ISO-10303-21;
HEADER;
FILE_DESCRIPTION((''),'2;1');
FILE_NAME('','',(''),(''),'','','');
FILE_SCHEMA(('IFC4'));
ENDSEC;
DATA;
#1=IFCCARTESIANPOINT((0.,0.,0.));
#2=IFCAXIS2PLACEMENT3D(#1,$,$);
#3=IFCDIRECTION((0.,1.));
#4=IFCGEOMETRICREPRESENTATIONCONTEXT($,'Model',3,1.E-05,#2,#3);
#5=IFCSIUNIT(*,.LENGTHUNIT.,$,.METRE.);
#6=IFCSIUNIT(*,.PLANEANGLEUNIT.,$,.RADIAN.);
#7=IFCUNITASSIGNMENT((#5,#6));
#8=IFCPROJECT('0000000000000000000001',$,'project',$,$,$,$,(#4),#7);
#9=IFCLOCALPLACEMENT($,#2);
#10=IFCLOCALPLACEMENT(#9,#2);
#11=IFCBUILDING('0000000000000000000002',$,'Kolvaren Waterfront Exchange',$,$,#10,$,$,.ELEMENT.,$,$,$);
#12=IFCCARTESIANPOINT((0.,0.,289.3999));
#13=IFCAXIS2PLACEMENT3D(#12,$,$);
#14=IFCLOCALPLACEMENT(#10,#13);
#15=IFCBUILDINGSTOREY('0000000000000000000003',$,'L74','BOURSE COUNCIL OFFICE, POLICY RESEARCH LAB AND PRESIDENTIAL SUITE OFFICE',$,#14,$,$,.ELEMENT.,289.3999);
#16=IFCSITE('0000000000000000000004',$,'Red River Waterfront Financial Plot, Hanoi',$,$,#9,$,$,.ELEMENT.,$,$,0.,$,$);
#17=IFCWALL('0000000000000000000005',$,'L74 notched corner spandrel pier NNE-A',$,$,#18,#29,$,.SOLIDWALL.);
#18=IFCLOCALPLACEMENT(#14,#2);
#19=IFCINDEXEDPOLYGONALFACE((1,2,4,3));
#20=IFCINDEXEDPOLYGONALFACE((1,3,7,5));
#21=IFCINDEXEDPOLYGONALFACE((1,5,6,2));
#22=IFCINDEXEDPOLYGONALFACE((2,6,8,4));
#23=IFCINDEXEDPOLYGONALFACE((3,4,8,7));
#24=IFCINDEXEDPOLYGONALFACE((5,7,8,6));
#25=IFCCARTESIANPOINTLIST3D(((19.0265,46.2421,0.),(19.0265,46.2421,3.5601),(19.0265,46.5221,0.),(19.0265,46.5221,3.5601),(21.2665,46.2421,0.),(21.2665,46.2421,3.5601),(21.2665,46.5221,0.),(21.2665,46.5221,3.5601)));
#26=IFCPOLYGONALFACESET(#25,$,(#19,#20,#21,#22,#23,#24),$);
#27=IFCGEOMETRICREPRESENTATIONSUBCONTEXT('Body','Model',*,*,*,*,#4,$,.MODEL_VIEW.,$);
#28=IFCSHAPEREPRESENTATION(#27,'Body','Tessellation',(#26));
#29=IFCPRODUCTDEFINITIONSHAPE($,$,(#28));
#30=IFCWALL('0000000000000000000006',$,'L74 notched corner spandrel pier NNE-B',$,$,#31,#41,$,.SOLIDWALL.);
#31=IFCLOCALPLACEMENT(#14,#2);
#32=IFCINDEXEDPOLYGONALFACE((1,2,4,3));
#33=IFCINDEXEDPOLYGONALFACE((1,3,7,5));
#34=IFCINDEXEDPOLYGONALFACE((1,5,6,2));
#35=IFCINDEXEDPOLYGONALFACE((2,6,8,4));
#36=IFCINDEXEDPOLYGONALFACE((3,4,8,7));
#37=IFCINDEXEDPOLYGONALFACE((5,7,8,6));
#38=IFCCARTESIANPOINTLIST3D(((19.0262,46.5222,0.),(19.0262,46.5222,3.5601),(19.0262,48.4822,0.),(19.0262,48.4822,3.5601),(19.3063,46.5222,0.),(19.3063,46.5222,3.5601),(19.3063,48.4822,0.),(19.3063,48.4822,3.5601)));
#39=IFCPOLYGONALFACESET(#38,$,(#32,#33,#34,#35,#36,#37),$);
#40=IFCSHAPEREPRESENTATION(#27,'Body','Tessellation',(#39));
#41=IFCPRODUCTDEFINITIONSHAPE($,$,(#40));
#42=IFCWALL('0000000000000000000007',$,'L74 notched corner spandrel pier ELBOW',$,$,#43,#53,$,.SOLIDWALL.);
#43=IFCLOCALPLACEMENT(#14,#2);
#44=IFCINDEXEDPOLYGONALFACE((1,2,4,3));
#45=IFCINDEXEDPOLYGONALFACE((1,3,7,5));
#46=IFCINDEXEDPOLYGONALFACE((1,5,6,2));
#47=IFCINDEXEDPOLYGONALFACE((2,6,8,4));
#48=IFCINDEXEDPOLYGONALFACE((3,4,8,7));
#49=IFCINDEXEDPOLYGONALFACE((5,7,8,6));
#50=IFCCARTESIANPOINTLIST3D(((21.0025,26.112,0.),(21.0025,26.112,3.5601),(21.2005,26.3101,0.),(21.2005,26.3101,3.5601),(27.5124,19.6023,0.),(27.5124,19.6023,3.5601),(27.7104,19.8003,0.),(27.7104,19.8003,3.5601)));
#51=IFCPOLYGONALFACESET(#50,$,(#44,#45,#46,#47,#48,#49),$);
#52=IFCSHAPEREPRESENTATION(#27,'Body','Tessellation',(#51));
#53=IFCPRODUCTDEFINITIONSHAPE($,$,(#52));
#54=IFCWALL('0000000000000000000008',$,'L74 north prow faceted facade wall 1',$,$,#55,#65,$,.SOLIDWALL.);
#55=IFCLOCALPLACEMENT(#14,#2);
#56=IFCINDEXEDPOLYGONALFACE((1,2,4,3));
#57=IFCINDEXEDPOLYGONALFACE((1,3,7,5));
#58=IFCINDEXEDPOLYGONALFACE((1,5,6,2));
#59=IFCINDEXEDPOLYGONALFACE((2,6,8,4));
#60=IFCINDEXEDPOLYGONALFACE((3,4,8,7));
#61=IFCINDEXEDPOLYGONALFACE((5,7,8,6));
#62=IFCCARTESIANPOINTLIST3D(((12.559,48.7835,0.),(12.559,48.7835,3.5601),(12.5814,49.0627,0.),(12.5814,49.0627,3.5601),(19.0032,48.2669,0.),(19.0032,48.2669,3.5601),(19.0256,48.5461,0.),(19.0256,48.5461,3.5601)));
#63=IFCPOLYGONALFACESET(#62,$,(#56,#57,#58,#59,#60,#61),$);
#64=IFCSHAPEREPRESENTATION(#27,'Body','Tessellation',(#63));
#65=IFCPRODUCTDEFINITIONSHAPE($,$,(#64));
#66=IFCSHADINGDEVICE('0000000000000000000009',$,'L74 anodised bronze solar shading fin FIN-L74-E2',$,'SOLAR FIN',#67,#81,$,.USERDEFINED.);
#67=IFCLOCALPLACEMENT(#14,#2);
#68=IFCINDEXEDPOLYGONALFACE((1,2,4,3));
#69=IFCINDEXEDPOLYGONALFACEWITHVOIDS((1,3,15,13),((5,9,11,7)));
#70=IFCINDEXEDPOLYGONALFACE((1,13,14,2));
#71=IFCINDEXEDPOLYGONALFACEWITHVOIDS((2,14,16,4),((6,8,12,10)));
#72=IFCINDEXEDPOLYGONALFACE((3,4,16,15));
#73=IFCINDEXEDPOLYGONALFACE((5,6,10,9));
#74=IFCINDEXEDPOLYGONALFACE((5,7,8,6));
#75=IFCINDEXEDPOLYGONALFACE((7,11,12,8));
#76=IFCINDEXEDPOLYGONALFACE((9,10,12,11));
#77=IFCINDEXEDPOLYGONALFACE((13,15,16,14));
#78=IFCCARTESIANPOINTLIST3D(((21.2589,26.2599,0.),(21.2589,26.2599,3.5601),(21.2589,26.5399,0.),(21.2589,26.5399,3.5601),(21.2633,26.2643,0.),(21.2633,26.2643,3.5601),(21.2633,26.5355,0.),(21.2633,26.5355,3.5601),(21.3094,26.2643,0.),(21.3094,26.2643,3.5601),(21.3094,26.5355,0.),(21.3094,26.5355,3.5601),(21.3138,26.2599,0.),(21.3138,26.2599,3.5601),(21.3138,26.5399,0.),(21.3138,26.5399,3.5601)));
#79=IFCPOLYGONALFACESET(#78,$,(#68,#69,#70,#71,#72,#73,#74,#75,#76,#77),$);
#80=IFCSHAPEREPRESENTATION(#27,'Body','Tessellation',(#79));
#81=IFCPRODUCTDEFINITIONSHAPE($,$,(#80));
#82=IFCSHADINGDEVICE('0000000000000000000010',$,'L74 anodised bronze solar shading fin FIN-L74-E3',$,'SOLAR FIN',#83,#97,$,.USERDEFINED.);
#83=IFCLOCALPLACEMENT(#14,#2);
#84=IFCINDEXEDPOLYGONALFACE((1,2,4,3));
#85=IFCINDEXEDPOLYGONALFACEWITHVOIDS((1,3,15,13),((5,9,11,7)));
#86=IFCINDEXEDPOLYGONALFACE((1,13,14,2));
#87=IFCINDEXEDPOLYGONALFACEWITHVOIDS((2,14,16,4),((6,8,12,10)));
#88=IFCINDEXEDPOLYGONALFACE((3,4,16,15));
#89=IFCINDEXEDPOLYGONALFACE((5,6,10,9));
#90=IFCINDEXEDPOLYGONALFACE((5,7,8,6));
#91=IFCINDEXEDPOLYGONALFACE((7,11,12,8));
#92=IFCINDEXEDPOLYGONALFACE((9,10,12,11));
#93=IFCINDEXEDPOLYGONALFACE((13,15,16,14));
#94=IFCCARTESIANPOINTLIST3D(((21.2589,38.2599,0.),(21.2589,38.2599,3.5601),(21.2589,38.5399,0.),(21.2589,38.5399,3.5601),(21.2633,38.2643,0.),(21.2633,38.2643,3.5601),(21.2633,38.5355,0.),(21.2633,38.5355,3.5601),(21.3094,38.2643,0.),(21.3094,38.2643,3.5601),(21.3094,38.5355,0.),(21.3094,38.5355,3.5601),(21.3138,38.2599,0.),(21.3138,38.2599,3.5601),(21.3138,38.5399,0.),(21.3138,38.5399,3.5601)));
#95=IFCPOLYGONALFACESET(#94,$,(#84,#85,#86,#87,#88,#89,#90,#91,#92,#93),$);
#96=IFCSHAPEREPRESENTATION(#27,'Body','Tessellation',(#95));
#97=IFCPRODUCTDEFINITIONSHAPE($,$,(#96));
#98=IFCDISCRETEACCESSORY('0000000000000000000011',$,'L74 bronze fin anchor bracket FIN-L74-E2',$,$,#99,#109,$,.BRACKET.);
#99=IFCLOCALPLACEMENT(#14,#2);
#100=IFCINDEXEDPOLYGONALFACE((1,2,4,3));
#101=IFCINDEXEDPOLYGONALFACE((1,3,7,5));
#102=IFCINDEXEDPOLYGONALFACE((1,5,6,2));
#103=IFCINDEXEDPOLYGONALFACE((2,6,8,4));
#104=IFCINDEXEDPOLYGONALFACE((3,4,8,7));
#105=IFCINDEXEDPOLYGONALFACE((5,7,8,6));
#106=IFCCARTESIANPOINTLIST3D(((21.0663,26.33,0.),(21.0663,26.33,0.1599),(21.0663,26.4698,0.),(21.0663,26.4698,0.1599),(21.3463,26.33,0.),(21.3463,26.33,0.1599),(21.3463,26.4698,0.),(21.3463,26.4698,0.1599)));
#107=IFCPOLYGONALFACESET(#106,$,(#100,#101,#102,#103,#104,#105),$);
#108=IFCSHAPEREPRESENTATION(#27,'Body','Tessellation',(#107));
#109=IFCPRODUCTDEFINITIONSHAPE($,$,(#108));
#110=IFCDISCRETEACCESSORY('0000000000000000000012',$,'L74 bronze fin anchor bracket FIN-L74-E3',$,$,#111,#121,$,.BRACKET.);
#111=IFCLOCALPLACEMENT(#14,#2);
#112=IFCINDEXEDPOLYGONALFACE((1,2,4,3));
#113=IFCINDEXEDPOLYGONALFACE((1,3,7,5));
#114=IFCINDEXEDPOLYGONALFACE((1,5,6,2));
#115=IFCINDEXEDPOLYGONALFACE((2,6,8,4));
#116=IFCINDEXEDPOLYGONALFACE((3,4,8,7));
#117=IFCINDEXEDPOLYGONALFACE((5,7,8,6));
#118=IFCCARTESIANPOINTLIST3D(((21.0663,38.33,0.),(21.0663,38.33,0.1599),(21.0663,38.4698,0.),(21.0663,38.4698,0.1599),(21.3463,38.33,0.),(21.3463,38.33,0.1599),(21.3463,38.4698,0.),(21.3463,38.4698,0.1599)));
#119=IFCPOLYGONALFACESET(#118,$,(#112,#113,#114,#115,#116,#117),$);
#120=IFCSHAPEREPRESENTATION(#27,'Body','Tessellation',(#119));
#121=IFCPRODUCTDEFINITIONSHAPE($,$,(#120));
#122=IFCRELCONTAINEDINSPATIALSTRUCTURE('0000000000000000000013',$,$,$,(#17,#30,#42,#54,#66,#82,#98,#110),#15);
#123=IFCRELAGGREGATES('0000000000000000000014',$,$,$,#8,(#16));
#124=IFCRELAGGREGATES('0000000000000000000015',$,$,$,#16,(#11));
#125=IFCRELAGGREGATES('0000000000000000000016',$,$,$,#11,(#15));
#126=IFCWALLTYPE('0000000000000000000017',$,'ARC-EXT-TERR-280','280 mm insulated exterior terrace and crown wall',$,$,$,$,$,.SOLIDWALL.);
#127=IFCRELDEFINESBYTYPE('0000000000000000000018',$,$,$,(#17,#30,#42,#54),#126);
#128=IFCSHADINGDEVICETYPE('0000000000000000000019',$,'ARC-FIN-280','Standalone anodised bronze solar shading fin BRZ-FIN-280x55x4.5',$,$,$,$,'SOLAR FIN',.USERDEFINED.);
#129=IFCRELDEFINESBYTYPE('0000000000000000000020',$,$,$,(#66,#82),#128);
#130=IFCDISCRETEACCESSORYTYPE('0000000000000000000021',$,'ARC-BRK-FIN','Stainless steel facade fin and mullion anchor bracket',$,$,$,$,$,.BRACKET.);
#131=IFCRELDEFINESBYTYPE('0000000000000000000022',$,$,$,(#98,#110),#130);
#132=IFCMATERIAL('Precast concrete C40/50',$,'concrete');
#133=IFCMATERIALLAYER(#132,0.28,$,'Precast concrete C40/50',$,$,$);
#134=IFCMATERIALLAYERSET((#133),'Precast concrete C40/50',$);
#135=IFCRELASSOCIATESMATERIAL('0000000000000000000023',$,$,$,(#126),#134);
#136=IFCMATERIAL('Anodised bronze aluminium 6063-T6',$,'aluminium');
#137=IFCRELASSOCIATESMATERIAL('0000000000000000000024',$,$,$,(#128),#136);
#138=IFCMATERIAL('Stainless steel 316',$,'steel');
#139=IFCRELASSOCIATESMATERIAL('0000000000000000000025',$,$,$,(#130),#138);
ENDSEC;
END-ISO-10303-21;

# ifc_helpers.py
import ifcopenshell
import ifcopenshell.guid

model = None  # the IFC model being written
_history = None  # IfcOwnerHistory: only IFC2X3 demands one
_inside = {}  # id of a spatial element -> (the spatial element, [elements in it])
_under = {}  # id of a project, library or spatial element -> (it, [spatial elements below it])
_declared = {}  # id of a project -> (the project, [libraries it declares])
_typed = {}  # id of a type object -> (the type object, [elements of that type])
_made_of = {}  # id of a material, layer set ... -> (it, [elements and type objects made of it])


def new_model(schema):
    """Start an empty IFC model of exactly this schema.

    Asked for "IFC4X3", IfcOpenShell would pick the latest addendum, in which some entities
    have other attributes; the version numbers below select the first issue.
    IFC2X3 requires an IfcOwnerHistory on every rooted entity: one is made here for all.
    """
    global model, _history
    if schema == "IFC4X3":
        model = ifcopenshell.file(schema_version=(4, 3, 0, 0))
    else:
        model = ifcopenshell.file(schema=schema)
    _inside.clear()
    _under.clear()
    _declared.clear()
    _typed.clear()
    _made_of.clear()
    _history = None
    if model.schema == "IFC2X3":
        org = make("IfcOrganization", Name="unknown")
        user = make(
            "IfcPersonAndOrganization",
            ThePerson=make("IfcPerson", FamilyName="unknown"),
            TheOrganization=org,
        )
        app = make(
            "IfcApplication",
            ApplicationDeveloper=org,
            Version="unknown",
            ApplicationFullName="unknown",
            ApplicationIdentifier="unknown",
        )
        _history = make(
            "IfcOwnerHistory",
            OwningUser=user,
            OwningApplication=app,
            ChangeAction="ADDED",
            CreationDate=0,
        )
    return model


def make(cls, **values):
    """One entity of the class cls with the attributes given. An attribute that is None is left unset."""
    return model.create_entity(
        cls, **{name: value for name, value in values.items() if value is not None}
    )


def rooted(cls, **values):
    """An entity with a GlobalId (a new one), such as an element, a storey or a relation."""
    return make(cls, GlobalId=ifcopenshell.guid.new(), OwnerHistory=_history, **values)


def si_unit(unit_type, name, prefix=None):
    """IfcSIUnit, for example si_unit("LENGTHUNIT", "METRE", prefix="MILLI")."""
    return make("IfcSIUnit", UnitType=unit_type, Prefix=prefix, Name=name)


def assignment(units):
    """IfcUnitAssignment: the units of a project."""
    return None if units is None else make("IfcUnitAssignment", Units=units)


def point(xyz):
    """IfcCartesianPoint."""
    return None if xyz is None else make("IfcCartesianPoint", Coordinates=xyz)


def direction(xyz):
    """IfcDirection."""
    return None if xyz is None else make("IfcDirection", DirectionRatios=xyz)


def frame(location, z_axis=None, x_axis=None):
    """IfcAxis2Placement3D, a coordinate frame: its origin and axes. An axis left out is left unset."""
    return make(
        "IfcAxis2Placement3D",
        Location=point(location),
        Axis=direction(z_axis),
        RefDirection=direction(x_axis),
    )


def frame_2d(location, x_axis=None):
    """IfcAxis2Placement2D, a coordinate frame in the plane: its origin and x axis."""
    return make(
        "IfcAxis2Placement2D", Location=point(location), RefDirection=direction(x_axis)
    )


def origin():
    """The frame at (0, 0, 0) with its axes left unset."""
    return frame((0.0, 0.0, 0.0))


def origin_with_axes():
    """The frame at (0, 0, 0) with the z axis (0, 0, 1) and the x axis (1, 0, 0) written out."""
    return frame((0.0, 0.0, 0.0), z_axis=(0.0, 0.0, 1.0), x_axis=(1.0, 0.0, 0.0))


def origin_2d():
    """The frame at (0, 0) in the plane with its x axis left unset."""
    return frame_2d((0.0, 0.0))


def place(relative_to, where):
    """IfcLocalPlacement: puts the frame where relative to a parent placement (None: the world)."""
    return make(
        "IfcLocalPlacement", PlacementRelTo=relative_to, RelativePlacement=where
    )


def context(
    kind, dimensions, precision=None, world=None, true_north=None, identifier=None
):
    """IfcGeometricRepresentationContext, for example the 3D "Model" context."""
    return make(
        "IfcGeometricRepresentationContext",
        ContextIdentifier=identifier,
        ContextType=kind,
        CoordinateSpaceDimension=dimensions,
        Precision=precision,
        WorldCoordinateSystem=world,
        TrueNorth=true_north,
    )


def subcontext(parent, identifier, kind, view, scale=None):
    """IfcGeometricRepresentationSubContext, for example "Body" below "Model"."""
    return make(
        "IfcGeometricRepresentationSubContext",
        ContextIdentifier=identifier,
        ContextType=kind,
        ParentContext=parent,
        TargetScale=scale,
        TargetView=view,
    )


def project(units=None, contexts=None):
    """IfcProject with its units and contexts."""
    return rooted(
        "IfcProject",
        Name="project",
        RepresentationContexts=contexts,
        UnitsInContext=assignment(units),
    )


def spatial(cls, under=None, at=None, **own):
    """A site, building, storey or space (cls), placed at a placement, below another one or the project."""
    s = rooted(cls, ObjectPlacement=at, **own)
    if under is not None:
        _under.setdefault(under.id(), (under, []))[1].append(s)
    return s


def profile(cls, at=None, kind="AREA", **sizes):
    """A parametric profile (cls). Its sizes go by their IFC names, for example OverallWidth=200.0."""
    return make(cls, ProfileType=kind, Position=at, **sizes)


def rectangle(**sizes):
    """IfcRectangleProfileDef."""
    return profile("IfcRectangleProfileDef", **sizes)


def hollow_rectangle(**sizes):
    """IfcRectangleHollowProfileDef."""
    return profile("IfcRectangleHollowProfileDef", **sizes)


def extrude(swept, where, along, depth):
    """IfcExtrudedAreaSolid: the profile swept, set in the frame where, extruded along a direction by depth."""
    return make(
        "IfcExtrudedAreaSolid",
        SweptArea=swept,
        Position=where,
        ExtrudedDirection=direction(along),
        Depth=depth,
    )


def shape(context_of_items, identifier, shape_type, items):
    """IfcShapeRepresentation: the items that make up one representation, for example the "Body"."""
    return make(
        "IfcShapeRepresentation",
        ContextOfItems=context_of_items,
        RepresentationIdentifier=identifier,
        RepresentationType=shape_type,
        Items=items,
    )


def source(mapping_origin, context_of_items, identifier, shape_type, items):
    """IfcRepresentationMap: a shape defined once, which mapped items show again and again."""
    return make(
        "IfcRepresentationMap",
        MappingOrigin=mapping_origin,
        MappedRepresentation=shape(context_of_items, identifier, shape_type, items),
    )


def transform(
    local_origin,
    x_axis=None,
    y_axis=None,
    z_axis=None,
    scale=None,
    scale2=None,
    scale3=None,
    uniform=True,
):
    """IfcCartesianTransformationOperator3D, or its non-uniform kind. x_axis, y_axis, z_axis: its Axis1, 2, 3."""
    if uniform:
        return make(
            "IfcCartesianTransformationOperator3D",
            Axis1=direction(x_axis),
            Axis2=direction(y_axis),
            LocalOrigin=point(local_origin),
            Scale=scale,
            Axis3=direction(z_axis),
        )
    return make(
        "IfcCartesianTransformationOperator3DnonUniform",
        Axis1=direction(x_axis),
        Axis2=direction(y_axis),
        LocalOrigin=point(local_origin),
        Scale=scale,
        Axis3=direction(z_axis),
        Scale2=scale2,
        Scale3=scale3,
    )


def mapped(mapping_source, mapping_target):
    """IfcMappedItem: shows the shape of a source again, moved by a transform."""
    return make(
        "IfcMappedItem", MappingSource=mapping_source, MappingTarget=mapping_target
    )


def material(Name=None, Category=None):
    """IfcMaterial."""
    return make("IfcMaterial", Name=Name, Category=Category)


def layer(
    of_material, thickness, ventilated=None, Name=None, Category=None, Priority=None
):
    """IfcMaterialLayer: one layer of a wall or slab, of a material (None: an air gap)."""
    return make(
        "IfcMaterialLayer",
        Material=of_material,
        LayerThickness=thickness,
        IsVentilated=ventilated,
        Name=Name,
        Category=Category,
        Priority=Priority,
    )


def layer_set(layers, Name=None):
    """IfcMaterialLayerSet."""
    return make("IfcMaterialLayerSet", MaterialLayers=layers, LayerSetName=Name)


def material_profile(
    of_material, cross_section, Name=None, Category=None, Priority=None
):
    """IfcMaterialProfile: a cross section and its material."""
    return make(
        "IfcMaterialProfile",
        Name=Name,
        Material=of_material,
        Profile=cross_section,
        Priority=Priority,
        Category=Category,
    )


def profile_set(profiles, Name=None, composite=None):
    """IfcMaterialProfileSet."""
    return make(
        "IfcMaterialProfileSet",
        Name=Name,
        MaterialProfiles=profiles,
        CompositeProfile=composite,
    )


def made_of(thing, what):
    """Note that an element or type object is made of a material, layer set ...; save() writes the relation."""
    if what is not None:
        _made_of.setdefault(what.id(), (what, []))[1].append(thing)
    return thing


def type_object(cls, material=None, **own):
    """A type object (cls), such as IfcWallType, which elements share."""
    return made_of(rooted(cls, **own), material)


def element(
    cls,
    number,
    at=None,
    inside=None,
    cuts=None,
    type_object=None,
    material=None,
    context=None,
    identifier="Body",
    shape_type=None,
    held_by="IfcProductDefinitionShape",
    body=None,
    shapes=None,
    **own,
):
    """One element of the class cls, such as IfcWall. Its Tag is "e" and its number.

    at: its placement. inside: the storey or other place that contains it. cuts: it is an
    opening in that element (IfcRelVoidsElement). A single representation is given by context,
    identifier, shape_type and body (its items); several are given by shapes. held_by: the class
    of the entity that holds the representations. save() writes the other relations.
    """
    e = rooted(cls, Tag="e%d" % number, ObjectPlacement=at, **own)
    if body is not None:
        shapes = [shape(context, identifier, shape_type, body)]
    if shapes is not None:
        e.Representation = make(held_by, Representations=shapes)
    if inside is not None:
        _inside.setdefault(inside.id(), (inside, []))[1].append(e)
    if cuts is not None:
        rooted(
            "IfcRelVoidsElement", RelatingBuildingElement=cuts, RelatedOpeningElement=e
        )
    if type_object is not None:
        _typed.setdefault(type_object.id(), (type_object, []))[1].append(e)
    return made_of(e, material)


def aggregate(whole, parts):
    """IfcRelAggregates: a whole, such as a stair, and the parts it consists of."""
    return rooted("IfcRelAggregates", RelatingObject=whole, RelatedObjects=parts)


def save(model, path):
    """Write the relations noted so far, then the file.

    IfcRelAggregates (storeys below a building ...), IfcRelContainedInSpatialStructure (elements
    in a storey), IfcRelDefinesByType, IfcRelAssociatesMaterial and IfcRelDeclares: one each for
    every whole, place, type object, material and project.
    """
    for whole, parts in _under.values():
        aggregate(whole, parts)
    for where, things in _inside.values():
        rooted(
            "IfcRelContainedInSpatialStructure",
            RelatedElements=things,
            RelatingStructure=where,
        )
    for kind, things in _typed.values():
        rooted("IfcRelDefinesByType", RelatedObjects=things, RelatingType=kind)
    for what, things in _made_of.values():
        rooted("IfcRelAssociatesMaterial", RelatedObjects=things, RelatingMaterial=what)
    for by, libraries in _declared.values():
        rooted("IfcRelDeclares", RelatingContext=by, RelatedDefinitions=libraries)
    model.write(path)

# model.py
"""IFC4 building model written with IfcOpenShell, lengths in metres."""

from ifc_helpers import new_model, si_unit, direction, frame, frame_2d, origin, origin_with_axes, origin_2d, place, context, subcontext, project, spatial, rectangle, hollow_rectangle, extrude, source, transform, mapped, material, layer, layer_set, material_profile, profile_set, type_object, element, save


model = new_model("IFC4")

# Units and contexts
model_context = context("Model", 3, precision=1e-05, world=origin(), true_north=direction((0.0, 1.0)))
body_context = subcontext(model_context, "Body", "Model", "MODEL_VIEW")
ifc_project = project(units=[si_unit("LENGTHUNIT", "METRE"), si_unit("PLANEANGLEUNIT", "RADIAN")], contexts=[model_context])

# Site, building, storey
site_placement = place(None, origin())
site = spatial("IfcSite", under=ifc_project, at=site_placement, Name="Red River Waterfront Financial Plot, Hanoi", CompositionType="ELEMENT", RefElevation=0.0)
building_placement = place(site_placement, origin())
building = spatial("IfcBuilding", under=site, at=building_placement, Name="Kolvaren Waterfront Exchange", CompositionType="ELEMENT")
storey_placement = place(building_placement, frame((0.0, 0.0, 289.3999)))
storey = spatial("IfcBuildingStorey", under=building, at=storey_placement, Name="L74", Description="BOURSE COUNCIL OFFICE, POLICY RESEARCH LAB AND PRESIDENTIAL SUITE OFFICE", CompositionType="ELEMENT", Elevation=289.3999)

# Shared definitions
ifc_material_1 = material(Name="Anodised bronze aluminium 6063-T6", Category="aluminium")

# Walls
ifc_material_2 = material(Name="Precast concrete C40/50", Category="concrete")
ifc_layer_1 = layer(ifc_material_2, 0.28, Name="Precast concrete C40/50")
ifc_layer_set_1 = layer_set([ifc_layer_1], Name="Precast concrete C40/50")
wall_type = type_object("IfcWallType", Name="ARC-EXT-TERR-280", Description="280 mm insulated exterior terrace and crown wall", PredefinedType="SOLIDWALL", material=ifc_layer_set_1)
wall_1_placement = place(storey_placement, frame((19.0264, 46.3821, 0.0), z_axis=(0.0, 0.0, 1.0), x_axis=(1.0, 0.0, 0.0)))
element("IfcWall", 1, at=wall_1_placement, inside=storey, type_object=wall_type, Name="L74 notched corner spandrel pier NNE-A", PredefinedType="SOLIDWALL", context=body_context, shape_type="SweptSolid", body=[
    extrude(rectangle(XDim=2.24, YDim=0.28, at=frame_2d((1.1201, 0.0))), origin(), (0.0, 0.0, 1.0), 3.5601),
])
wall_2_placement = place(storey_placement, frame((19.1663, 46.5222, 0.0), z_axis=(0.0, 0.0, 1.0), x_axis=(0.0, 1.0, 0.0)))
element("IfcWall", 2, at=wall_2_placement, inside=storey, type_object=wall_type, Name="L74 notched corner spandrel pier NNE-B", PredefinedType="SOLIDWALL", context=body_context, shape_type="SweptSolid", body=[
    extrude(rectangle(XDim=1.96, YDim=0.28, at=frame_2d((0.98, 0.0))), origin(), (0.0, 0.0, 1.0), 3.5601),
])
wall_3_placement = place(storey_placement, frame((27.6113, 19.7014, 0.0), z_axis=(0.0, 0.0, 1.0), x_axis=(-0.70712, 0.707094, 0.0)))
element("IfcWall", 3, at=wall_3_placement, inside=storey, type_object=wall_type, Name="L74 notched corner spandrel pier ELBOW", PredefinedType="SOLIDWALL", context=body_context, shape_type="SweptSolid", body=[
    extrude(rectangle(XDim=9.2063, YDim=0.28, at=frame_2d((4.603, 0.0))), origin(), (0.0, 0.0, 1.0), 3.5601),
])
wall_4_placement = place(storey_placement, frame((19.0144, 48.4065, 0.0), z_axis=(0.0, 0.0, 1.0), x_axis=(-0.996802, 0.07991, 0.0)))
element("IfcWall", 4, at=wall_4_placement, inside=storey, type_object=wall_type, Name="L74 north prow faceted facade wall 1", PredefinedType="SOLIDWALL", context=body_context, shape_type="SweptSolid", body=[
    extrude(rectangle(XDim=6.4648, YDim=0.28, at=frame_2d((3.2324, 0.0))), origin(), (0.0, 0.0, 1.0), 3.5601),
])

# Shading devices
ifc_material_profile_1 = material_profile(ifc_material_1, hollow_rectangle(XDim=0.0549, YDim=0.28, WallThickness=0.0044, at=origin_2d()), Name="BRZ-FIN-280x55x4.5")
ifc_profile_set_1 = profile_set([ifc_material_profile_1], Name="Anodised bronze aluminium 6063-T6")
shading_device_type = type_object("IfcShadingDeviceType", Name="ARC-FIN-280", Description="Standalone anodised bronze solar shading fin BRZ-FIN-280x55x4.5", ElementType="SOLAR FIN", PredefinedType="USERDEFINED", material=ifc_profile_set_1)
for number, where, z_axis, x_axis, name in (
    (5, (21.2864, 26.3999, 0.0), (0.0, 0.0, 1.0), (1.0, 0.0, 0.0), "L74 anodised bronze solar shading fin FIN-L74-E2"),
    (6, (21.2864, 38.3999, 0.0), (0.0, 0.0, 1.0), (1.0, 0.0, 0.0), "L74 anodised bronze solar shading fin FIN-L74-E3"),
):
    element("IfcShadingDevice", number, at=place(storey_placement, frame(where, z_axis=z_axis, x_axis=x_axis)), inside=storey, type_object=shading_device_type, Name=name, ObjectType="SOLAR FIN", PredefinedType="USERDEFINED", context=body_context, shape_type="SweptSolid", body=[
        extrude(hollow_rectangle(XDim=0.0549, YDim=0.28, WallThickness=0.0044, at=origin_2d()), origin(), (0.0, 0.0, 1.0), 3.5601),
    ])

# Shared definitions
ifc_material_3 = material(Name="Stainless steel 316", Category="steel")

# Discrete accessories
discrete_accessory_type = type_object("IfcDiscreteAccessoryType", Name="ARC-BRK-FIN", Description="Stainless steel facade fin and mullion anchor bracket", PredefinedType="BRACKET", material=ifc_material_3)
shared_shape_1 = source(origin_with_axes(), body_context, "Body", "SweptSolid", [
    extrude(rectangle(XDim=0.28, YDim=0.1399, at=origin_2d()), origin(), (0.0, 0.0, 1.0), 0.1599),
])
for number, where, z_axis, x_axis, name in (
    (7, (21.2063, 26.3999, 0.0), (0.0, 0.0, 1.0), (1.0, 0.0, 0.0), "L74 bronze fin anchor bracket FIN-L74-E2"),
    (8, (21.2063, 38.3999, 0.0), (0.0, 0.0, 1.0), (1.0, 0.0, 0.0), "L74 bronze fin anchor bracket FIN-L74-E3"),
):
    element("IfcDiscreteAccessory", number, at=place(storey_placement, frame(where, z_axis=z_axis, x_axis=x_axis)), inside=storey, type_object=discrete_accessory_type, Name=name, PredefinedType="BRACKET", context=body_context, shape_type="MappedRepresentation", body=[
        mapped(shared_shape_1, transform((0.0, 0.0, 0.0), x_axis=(1.0, 0.0, 0.0), y_axis=(0.0, 1.0, 0.0), z_axis=(0.0, 0.0, 1.0), scale=1.0)),
    ])

save(model, "model.ifc")
